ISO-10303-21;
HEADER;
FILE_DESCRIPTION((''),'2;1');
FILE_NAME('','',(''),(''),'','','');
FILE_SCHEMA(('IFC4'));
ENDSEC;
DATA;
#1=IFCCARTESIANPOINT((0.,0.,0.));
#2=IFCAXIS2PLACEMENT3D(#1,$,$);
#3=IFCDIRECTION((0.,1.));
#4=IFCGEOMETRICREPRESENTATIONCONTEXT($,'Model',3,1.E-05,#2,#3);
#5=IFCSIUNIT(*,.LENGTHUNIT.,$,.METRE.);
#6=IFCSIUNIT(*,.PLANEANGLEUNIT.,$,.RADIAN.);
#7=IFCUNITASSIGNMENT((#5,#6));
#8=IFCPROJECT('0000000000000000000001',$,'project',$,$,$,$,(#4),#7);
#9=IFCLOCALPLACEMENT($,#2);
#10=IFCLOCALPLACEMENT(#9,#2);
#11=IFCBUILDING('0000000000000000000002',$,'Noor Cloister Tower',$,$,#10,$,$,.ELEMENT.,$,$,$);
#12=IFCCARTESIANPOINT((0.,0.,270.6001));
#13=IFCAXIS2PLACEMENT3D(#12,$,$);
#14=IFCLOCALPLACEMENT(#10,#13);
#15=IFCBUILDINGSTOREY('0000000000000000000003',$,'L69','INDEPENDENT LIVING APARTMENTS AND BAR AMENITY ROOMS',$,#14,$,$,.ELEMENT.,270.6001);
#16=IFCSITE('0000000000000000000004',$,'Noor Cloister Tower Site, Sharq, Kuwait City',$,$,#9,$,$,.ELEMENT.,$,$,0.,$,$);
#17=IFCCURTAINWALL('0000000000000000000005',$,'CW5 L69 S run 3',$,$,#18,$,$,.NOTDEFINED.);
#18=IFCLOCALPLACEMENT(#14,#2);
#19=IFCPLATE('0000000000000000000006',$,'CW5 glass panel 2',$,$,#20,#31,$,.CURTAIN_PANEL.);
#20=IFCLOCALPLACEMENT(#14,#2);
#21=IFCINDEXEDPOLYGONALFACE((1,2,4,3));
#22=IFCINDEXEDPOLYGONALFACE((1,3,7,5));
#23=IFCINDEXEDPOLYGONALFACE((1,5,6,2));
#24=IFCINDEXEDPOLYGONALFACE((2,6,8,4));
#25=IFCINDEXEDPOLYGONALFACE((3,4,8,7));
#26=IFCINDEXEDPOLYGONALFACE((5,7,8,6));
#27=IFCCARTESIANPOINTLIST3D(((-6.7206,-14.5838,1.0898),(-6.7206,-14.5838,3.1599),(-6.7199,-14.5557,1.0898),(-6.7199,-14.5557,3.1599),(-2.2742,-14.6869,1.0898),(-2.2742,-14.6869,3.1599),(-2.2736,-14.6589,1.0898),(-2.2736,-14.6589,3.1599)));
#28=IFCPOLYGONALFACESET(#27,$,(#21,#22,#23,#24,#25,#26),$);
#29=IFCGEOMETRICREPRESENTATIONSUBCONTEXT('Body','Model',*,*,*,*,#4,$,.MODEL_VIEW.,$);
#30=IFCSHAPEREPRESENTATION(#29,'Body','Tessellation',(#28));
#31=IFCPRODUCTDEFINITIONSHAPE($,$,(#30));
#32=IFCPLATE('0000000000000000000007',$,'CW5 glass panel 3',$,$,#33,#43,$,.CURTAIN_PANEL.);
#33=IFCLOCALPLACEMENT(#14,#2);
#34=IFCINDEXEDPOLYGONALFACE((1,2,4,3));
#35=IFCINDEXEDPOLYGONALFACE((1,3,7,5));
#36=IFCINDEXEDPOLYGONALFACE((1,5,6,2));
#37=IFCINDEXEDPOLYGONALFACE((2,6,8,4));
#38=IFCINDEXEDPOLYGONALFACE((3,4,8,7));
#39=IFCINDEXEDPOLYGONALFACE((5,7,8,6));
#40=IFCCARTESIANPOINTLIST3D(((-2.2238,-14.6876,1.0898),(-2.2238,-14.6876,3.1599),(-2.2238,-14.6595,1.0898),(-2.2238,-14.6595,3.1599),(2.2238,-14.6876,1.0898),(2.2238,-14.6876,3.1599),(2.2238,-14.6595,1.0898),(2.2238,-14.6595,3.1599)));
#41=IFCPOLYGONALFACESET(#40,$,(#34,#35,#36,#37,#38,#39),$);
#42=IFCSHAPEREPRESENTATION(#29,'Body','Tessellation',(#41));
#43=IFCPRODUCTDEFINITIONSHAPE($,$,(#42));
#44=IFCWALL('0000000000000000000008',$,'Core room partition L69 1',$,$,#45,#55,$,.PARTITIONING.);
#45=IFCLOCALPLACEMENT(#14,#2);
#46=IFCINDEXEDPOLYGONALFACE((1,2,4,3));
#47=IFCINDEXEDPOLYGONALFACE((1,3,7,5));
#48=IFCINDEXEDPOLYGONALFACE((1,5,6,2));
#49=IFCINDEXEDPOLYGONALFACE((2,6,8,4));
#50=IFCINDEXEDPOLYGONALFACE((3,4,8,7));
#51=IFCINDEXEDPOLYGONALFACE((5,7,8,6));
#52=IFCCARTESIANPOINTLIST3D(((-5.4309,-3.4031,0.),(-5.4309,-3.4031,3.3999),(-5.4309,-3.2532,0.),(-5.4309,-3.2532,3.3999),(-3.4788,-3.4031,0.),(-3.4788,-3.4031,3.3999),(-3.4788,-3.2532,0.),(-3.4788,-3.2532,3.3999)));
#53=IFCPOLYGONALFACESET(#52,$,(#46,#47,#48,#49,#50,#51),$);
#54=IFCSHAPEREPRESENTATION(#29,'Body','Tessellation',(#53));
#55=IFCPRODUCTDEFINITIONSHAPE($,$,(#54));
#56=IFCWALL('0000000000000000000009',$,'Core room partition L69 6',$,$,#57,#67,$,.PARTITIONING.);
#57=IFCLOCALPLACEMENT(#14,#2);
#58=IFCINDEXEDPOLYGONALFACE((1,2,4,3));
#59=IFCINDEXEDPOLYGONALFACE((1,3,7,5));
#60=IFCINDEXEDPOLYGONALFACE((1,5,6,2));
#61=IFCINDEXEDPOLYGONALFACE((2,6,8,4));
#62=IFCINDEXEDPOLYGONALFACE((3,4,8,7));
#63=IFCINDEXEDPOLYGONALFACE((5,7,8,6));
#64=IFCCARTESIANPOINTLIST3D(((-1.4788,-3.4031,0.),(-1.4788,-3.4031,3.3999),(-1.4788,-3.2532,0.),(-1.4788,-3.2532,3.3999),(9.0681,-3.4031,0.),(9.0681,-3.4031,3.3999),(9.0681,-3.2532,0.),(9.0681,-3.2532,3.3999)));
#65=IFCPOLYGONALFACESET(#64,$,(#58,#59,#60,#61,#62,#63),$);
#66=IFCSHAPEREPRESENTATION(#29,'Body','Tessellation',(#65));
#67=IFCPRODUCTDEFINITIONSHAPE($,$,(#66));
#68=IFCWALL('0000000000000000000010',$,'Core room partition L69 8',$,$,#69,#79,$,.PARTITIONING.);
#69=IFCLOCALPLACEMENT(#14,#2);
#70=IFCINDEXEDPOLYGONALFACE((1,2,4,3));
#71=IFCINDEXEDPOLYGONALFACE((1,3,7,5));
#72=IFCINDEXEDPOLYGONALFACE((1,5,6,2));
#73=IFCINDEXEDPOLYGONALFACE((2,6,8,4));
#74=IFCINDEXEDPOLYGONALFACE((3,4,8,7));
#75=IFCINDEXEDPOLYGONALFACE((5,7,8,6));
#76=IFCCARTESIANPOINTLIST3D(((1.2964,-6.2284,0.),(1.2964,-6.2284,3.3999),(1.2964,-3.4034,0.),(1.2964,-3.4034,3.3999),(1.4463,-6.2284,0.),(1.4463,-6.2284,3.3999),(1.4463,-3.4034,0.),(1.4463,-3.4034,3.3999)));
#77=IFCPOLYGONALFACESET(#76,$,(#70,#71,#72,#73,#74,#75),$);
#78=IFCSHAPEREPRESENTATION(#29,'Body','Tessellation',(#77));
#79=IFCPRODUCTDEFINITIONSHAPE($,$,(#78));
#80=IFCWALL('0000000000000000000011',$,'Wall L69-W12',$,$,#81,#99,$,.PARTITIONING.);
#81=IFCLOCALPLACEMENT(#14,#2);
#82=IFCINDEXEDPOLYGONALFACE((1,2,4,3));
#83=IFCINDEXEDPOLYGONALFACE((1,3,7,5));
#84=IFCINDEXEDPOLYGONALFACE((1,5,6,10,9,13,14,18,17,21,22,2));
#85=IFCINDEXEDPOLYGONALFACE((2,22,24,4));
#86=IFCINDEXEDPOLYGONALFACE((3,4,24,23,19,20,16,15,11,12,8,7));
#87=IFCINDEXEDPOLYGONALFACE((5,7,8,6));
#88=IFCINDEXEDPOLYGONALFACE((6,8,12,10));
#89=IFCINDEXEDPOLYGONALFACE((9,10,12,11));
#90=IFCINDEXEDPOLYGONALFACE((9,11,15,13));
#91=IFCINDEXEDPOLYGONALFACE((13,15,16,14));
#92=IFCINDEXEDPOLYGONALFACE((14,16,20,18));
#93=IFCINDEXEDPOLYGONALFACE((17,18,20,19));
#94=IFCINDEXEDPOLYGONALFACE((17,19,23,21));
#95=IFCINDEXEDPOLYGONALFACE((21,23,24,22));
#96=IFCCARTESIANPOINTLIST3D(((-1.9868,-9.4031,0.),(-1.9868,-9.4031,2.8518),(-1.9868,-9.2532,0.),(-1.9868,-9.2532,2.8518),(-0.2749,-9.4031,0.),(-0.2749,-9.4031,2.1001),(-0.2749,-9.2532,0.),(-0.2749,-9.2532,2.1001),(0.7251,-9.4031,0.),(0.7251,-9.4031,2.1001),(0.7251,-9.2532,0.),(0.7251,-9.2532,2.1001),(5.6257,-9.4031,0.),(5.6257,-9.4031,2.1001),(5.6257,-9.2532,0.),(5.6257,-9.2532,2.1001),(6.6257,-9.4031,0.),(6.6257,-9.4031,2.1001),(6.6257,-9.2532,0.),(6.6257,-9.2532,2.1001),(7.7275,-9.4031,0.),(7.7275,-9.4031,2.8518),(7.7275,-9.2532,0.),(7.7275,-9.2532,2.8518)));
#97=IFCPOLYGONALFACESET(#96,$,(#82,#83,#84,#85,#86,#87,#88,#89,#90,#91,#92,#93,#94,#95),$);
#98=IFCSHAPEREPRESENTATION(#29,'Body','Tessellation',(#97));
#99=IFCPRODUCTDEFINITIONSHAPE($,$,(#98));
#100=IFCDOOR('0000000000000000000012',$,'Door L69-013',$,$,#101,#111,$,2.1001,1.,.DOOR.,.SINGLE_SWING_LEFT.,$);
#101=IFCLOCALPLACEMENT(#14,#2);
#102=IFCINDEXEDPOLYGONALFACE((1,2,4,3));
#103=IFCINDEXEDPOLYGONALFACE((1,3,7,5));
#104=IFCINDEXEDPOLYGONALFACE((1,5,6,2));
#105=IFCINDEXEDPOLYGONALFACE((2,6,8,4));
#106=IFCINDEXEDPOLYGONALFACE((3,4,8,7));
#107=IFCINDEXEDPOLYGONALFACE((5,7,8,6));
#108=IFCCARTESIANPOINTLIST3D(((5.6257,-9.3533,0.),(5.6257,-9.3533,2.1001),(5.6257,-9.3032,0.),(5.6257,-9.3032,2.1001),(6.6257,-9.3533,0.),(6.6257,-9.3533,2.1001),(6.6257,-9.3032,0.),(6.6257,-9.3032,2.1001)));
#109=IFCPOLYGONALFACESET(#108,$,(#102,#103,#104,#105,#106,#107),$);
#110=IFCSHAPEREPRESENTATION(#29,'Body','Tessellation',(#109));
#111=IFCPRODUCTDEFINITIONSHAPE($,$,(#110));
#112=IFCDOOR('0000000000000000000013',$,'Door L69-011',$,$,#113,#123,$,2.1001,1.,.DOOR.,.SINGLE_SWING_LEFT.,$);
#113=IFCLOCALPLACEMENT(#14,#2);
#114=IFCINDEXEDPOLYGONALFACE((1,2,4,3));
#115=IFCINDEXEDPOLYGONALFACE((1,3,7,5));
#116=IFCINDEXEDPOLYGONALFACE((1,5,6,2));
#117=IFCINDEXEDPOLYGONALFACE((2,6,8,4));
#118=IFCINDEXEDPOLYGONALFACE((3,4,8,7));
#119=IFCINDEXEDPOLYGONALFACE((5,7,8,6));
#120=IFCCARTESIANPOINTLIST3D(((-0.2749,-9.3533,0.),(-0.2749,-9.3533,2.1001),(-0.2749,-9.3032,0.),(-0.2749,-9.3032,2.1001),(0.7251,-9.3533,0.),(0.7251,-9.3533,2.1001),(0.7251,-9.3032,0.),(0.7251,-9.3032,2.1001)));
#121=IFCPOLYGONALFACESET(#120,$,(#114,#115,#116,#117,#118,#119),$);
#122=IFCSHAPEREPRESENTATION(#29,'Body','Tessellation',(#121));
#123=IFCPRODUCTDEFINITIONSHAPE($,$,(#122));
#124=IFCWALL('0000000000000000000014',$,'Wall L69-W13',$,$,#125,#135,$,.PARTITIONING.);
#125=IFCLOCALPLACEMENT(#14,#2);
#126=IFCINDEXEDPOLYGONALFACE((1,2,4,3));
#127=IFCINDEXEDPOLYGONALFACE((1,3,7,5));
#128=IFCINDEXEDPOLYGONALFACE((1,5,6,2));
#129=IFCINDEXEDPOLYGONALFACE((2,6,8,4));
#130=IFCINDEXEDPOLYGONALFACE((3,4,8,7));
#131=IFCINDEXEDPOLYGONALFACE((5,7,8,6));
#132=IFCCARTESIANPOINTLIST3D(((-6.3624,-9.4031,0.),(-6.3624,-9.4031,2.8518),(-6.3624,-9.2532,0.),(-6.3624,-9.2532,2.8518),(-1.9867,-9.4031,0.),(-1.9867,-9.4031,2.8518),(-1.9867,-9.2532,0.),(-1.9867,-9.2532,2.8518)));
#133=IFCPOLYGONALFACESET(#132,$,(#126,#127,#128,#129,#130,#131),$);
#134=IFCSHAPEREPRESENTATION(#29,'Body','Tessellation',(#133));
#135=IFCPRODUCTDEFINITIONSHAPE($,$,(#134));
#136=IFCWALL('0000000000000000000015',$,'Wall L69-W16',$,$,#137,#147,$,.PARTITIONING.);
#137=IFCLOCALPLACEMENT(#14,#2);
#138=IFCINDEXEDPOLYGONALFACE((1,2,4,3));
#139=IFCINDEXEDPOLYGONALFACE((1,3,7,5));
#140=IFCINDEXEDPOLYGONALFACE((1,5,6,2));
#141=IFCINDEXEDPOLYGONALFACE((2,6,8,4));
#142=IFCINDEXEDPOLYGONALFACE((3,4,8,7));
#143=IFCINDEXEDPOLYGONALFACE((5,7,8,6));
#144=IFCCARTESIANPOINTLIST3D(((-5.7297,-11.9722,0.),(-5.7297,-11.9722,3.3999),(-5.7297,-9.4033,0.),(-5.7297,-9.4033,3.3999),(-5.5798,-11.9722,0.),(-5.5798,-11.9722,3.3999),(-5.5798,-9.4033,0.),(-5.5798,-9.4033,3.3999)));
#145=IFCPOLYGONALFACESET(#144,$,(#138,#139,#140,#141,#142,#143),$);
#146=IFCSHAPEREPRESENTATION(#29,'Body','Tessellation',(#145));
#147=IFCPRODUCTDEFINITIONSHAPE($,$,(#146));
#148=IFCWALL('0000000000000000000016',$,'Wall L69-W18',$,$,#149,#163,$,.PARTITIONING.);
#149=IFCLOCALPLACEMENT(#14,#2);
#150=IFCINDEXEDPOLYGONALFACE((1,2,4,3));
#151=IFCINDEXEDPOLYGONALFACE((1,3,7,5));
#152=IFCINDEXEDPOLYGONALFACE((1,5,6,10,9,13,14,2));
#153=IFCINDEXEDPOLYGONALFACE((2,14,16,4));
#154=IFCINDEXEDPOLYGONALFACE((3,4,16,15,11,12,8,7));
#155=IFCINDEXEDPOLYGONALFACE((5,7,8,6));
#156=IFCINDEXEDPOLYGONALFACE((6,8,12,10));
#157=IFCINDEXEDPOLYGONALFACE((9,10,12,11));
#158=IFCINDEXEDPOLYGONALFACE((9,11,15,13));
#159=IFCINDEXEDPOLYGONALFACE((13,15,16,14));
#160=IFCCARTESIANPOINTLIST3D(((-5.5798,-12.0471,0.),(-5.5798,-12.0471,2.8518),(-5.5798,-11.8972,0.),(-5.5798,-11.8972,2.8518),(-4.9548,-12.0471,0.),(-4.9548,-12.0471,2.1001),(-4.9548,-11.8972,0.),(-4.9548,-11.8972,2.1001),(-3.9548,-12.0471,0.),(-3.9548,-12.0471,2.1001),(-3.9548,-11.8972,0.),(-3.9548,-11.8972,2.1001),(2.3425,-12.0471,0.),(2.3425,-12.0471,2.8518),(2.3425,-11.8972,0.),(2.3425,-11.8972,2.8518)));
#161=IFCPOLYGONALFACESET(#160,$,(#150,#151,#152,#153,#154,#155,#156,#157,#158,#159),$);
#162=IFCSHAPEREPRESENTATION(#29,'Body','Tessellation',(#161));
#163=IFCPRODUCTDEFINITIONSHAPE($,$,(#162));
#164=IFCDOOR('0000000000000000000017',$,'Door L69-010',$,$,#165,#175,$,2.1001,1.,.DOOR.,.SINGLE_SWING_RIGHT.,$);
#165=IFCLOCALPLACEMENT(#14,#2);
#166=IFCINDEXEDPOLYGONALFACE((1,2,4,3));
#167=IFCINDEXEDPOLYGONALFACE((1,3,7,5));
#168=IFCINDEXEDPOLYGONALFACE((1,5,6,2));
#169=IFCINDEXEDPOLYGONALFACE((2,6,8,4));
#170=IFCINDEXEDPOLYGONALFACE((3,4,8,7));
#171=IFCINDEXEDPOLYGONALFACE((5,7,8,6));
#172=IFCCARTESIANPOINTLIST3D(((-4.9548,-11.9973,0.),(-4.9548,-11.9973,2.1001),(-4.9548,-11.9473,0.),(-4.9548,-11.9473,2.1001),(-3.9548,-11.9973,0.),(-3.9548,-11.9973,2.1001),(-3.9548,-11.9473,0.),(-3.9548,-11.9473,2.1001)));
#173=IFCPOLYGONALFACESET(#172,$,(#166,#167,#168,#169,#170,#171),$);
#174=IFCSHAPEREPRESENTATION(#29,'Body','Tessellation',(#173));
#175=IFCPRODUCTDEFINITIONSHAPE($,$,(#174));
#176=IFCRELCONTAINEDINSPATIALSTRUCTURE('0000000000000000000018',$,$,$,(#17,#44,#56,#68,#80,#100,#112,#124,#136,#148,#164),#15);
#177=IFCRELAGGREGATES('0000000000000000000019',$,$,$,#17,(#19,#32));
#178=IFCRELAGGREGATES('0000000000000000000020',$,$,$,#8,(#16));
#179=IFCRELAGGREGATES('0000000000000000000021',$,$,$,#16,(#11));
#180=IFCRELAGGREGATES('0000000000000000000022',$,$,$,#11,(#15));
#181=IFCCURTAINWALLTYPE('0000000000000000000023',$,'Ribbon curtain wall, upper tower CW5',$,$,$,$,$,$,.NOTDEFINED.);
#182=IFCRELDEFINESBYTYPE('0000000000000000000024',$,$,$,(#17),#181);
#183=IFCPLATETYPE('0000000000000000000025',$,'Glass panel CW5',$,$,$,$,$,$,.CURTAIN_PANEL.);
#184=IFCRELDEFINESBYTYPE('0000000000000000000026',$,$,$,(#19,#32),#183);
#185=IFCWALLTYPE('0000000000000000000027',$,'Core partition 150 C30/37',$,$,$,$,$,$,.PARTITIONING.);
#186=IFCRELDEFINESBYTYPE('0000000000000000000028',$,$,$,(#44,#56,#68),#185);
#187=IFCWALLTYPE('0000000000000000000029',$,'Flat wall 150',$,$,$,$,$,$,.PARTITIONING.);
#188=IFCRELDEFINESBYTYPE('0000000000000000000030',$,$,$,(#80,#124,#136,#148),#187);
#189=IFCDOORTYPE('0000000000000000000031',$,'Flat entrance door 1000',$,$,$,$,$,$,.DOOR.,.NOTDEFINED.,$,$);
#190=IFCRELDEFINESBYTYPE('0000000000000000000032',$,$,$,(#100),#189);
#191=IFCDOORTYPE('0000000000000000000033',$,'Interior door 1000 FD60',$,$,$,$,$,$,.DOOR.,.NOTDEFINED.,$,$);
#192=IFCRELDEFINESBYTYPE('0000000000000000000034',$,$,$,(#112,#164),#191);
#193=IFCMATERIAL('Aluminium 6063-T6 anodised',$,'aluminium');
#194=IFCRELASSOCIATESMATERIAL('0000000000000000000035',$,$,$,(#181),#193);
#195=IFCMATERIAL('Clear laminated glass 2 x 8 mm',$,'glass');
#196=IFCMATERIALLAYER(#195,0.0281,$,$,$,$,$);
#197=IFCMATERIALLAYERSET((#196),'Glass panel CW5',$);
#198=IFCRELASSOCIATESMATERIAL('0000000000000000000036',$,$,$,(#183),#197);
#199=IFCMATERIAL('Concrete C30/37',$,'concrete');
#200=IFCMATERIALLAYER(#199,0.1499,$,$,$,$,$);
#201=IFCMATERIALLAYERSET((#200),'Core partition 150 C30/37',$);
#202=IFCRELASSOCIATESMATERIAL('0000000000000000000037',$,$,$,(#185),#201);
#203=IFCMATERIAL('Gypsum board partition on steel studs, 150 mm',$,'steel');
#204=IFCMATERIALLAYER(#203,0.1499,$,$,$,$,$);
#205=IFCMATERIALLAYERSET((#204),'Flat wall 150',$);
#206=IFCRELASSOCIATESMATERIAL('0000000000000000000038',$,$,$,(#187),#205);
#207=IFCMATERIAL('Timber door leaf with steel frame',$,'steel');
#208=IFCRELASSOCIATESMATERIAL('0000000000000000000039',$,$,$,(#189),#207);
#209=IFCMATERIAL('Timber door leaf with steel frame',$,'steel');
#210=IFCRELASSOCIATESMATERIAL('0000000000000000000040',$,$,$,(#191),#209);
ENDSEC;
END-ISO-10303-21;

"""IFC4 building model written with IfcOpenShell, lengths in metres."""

from ifc_helpers import new_model, si_unit, direction, frame, frame_2d, origin, origin_2d, place, context, subcontext, project, spatial, rectangle, extrude, material, layer, layer_set, type_object, element, fill, aggregate, save


model = new_model("IFC4")

# Units and contexts
model_context = context("Model", 3, precision=1e-05, world=origin(), true_north=direction((0.0, 1.0)))
body_context = subcontext(model_context, "Body", "Model", "MODEL_VIEW")
ifc_project = project(units=[si_unit("LENGTHUNIT", "METRE"), si_unit("PLANEANGLEUNIT", "RADIAN")], contexts=[model_context])

# Site, building, storey
site_placement = place(None, origin())
site = spatial("IfcSite", under=ifc_project, at=site_placement, Name="Noor Cloister Tower Site, Sharq, Kuwait City", CompositionType="ELEMENT", RefElevation=0.0)
building_placement = place(site_placement, origin())
building = spatial("IfcBuilding", under=site, at=building_placement, Name="Noor Cloister Tower", CompositionType="ELEMENT")
storey_placement = place(building_placement, frame((0.0, 0.0, 270.6001)))
storey = spatial("IfcBuildingStorey", under=building, at=storey_placement, Name="L69", Description="INDEPENDENT LIVING APARTMENTS AND BAR AMENITY ROOMS", CompositionType="ELEMENT", Elevation=270.6001)

# Curtain wall
ifc_material_1 = material(Name="Aluminium 6063-T6 anodised", Category="aluminium")
curtain_wall_type = type_object("IfcCurtainWallType", Name="Ribbon curtain wall, upper tower CW5", PredefinedType="NOTDEFINED", material=ifc_material_1)
curtain_wall_placement = place(storey_placement, origin())
curtain_wall = element("IfcCurtainWall", 1, at=curtain_wall_placement, inside=storey, type_object=curtain_wall_type, Name="CW5 L69 S run 3", PredefinedType="NOTDEFINED")

# Plates
ifc_material_2 = material(Name="Clear laminated glass 2 x 8 mm", Category="glass")
ifc_layer_1 = layer(ifc_material_2, 0.0281)
ifc_layer_set_1 = layer_set([ifc_layer_1], Name="Glass panel CW5")
plate_type = type_object("IfcPlateType", Name="Glass panel CW5", PredefinedType="CURTAIN_PANEL", material=ifc_layer_set_1)
plate_1_placement = place(storey_placement, frame((-4.4971, -14.6213, 1.0898), z_axis=(0.0, 0.0, 1.0), x_axis=(0.999731, -0.02319, 0.0)))
plate_1 = element("IfcPlate", 2, at=plate_1_placement, type_object=plate_type, Name="CW5 glass panel 2", PredefinedType="CURTAIN_PANEL", context=body_context, shape_type="SweptSolid", body=[
    extrude(rectangle(XDim=4.4475, YDim=0.0281, at=origin_2d()), origin(), (0.0, 0.0, 1.0), 2.0701),
])
plate_2_placement = place(storey_placement, frame((0.0, -14.6736, 1.0898), z_axis=(0.0, 0.0, 1.0), x_axis=(1.0, 0.0, 0.0)))
plate_2 = element("IfcPlate", 3, at=plate_2_placement, type_object=plate_type, Name="CW5 glass panel 3", PredefinedType="CURTAIN_PANEL", context=body_context, shape_type="SweptSolid", body=[
    extrude(rectangle(XDim=4.4475, YDim=0.0281, at=origin_2d()), origin(), (0.0, 0.0, 1.0), 2.0701),
])
aggregate(curtain_wall, [plate_1, plate_2])

# Walls
ifc_material_3 = material(Name="Concrete C30/37", Category="concrete")
ifc_layer_2 = layer(ifc_material_3, 0.1499)
ifc_layer_set_2 = layer_set([ifc_layer_2], Name="Core partition 150 C30/37")
wall_type_1 = type_object("IfcWallType", Name="Core partition 150 C30/37", PredefinedType="PARTITIONING", material=ifc_layer_set_2)
wall_1_placement = place(storey_placement, frame((-5.4309, -3.3281, 0.0), z_axis=(0.0, 0.0, 1.0), x_axis=(1.0, 0.0, 0.0)))
element("IfcWall", 4, at=wall_1_placement, inside=storey, type_object=wall_type_1, Name="Core room partition L69 1", PredefinedType="PARTITIONING", context=body_context, shape_type="SweptSolid", body=[
    extrude(rectangle(XDim=1.9521, YDim=0.1499, at=frame_2d((0.9761, 0.0))), origin(), (0.0, 0.0, 1.0), 3.3999),
])
wall_2_placement = place(storey_placement, frame((-1.4788, -3.3281, 0.0), z_axis=(0.0, 0.0, 1.0), x_axis=(1.0, 0.0, 0.0)))
element("IfcWall", 5, at=wall_2_placement, inside=storey, type_object=wall_type_1, Name="Core room partition L69 6", PredefinedType="PARTITIONING", context=body_context, shape_type="SweptSolid", body=[
    extrude(rectangle(XDim=10.5469, YDim=0.1499, at=frame_2d((5.2734, 0.0))), origin(), (0.0, 0.0, 1.0), 3.3999),
])
wall_3_placement = place(storey_placement, frame((1.3713, -3.4033, 0.0), z_axis=(0.0, 0.0, 1.0), x_axis=(0.0, -1.0, 0.0)))
element("IfcWall", 6, at=wall_3_placement, inside=storey, type_object=wall_type_1, Name="Core room partition L69 8", PredefinedType="PARTITIONING", context=body_context, shape_type="SweptSolid", body=[
    extrude(rectangle(XDim=2.825, YDim=0.1499, at=frame_2d((1.4126, 0.0))), origin(), (0.0, 0.0, 1.0), 3.3999),
])

# Wall, openings, doors
ifc_material_4 = material(Name="Gypsum board partition on steel studs, 150 mm", Category="steel")
ifc_layer_3 = layer(ifc_material_4, 0.1499)
ifc_layer_set_3 = layer_set([ifc_layer_3], Name="Flat wall 150")
wall_type_2 = type_object("IfcWallType", Name="Flat wall 150", PredefinedType="PARTITIONING", material=ifc_layer_set_3)
wall_4_placement = place(storey_placement, frame((-1.9868, -9.3281, 0.0), z_axis=(0.0, 0.0, 1.0), x_axis=(1.0, 0.0, 0.0)))
wall_4 = element("IfcWall", 7, at=wall_4_placement, inside=storey, type_object=wall_type_2, Name="Wall L69-W12", PredefinedType="PARTITIONING", context=body_context, shape_type="SweptSolid", body=[
    extrude(rectangle(XDim=9.7144, YDim=0.1499, at=frame_2d((4.8572, 0.0))), origin(), (0.0, 0.0, 1.0), 2.8518),
])
opening_1_placement = place(wall_4_placement, frame((1.7119, 0.0, 0.0)))
opening_1 = element("IfcOpeningElement", 8, at=opening_1_placement, cuts=wall_4, PredefinedType="OPENING", context=body_context, shape_type="SweptSolid", body=[
    extrude(rectangle(XDim=1.0, YDim=2.1001, at=frame_2d((0.5, 1.05))), frame((0.0, 0.085, 0.0), z_axis=(0.0, -1.0, 0.0), x_axis=(1.0, 0.0, 0.0)), (0.0, 0.0, 1.0), 0.1699),
])
opening_2_placement = place(wall_4_placement, frame((7.6125, 0.0, 0.0)))
opening_2 = element("IfcOpeningElement", 9, at=opening_2_placement, cuts=wall_4, PredefinedType="OPENING", context=body_context, shape_type="SweptSolid", body=[
    extrude(rectangle(XDim=1.0, YDim=2.1001, at=frame_2d((0.5, 1.05))), frame((0.0, 0.085, 0.0), z_axis=(0.0, -1.0, 0.0), x_axis=(1.0, 0.0, 0.0)), (0.0, 0.0, 1.0), 0.1699),
])
ifc_material_5 = material(Name="Timber door leaf with steel frame", Category="steel")
door_type_1 = type_object("IfcDoorType", Name="Flat entrance door 1000", OperationType="NOTDEFINED", PredefinedType="DOOR", material=ifc_material_5)
door_1_placement = place(opening_2_placement, origin())
door_1 = element("IfcDoor", 10, at=door_1_placement, inside=storey, type_object=door_type_1, Name="Door L69-013", OperationType="SINGLE_SWING_LEFT", OverallHeight=2.1001, OverallWidth=1.0, PredefinedType="DOOR", context=body_context, shape_type="SweptSolid", body=[
    extrude(rectangle(XDim=1.0, YDim=2.1001, at=frame_2d((0.5, 1.05))), frame((0.0, 0.0249, 0.0), z_axis=(0.0, -1.0, 0.0), x_axis=(1.0, 0.0, 0.0)), (0.0, 0.0, 1.0), 0.05),
])
fill(opening_2, door_1)
ifc_material_6 = material(Name="Timber door leaf with steel frame", Category="steel")
door_type_2 = type_object("IfcDoorType", Name="Interior door 1000 FD60", OperationType="NOTDEFINED", PredefinedType="DOOR", material=ifc_material_6)
door_2_placement = place(opening_1_placement, origin())
door_2 = element("IfcDoor", 11, at=door_2_placement, inside=storey, type_object=door_type_2, Name="Door L69-011", OperationType="SINGLE_SWING_LEFT", OverallHeight=2.1001, OverallWidth=1.0, PredefinedType="DOOR", context=body_context, shape_type="SweptSolid", body=[
    extrude(rectangle(XDim=1.0, YDim=2.1001, at=frame_2d((0.5, 1.05))), frame((0.0, 0.0249, 0.0), z_axis=(0.0, -1.0, 0.0), x_axis=(1.0, 0.0, 0.0)), (0.0, 0.0, 1.0), 0.05),
])
fill(opening_1, door_2)

# Walls
wall_5_placement = place(storey_placement, frame((-6.3625, -9.3281, 0.0), z_axis=(0.0, 0.0, 1.0), x_axis=(1.0, 0.0, 0.0)))
element("IfcWall", 12, at=wall_5_placement, inside=storey, type_object=wall_type_2, Name="Wall L69-W13", PredefinedType="PARTITIONING", context=body_context, shape_type="SweptSolid", body=[
    extrude(rectangle(XDim=4.3757, YDim=0.1499, at=frame_2d((2.188, 0.0))), origin(), (0.0, 0.0, 1.0), 2.8518),
])
wall_6_placement = place(storey_placement, frame((-5.6548, -9.4033, 0.0), z_axis=(0.0, 0.0, 1.0), x_axis=(0.0, -1.0, 0.0)))
element("IfcWall", 13, at=wall_6_placement, inside=storey, type_object=wall_type_2, Name="Wall L69-W16", PredefinedType="PARTITIONING", context=body_context, shape_type="SweptSolid", body=[
    extrude(rectangle(XDim=2.5688, YDim=0.1499, at=frame_2d((1.2844, 0.0))), origin(), (0.0, 0.0, 1.0), 3.3999),
])

# Wall, opening, door
wall_7_placement = place(storey_placement, frame((-5.5798, -11.9722, 0.0), z_axis=(0.0, 0.0, 1.0), x_axis=(1.0, 0.0, 0.0)))
wall_7 = element("IfcWall", 14, at=wall_7_placement, inside=storey, type_object=wall_type_2, Name="Wall L69-W18", PredefinedType="PARTITIONING", context=body_context, shape_type="SweptSolid", body=[
    extrude(rectangle(XDim=7.9224, YDim=0.1499, at=frame_2d((3.9612, 0.0))), origin(), (0.0, 0.0, 1.0), 2.8518),
])
opening_3_placement = place(wall_7_placement, frame((0.625, 0.0, 0.0)))
opening_3 = element("IfcOpeningElement", 15, at=opening_3_placement, cuts=wall_7, PredefinedType="OPENING", context=body_context, shape_type="SweptSolid", body=[
    extrude(rectangle(XDim=1.0, YDim=2.1001, at=frame_2d((0.5, 1.05))), frame((0.0, 0.085, 0.0), z_axis=(0.0, -1.0, 0.0), x_axis=(1.0, 0.0, 0.0)), (0.0, 0.0, 1.0), 0.1699),
])
door_3_placement = place(opening_3_placement, origin())
door_3 = element("IfcDoor", 16, at=door_3_placement, inside=storey, type_object=door_type_2, Name="Door L69-010", OperationType="SINGLE_SWING_RIGHT", OverallHeight=2.1001, OverallWidth=1.0, PredefinedType="DOOR", context=body_context, shape_type="SweptSolid", body=[
    extrude(rectangle(XDim=1.0, YDim=2.1001, at=frame_2d((0.5, 1.05))), frame((0.0, 0.0249, 0.0), z_axis=(0.0, -1.0, 0.0), x_axis=(1.0, 0.0, 0.0)), (0.0, 0.0, 1.0), 0.05),
])
fill(opening_3, door_3)

save(model, "model.ifc")
